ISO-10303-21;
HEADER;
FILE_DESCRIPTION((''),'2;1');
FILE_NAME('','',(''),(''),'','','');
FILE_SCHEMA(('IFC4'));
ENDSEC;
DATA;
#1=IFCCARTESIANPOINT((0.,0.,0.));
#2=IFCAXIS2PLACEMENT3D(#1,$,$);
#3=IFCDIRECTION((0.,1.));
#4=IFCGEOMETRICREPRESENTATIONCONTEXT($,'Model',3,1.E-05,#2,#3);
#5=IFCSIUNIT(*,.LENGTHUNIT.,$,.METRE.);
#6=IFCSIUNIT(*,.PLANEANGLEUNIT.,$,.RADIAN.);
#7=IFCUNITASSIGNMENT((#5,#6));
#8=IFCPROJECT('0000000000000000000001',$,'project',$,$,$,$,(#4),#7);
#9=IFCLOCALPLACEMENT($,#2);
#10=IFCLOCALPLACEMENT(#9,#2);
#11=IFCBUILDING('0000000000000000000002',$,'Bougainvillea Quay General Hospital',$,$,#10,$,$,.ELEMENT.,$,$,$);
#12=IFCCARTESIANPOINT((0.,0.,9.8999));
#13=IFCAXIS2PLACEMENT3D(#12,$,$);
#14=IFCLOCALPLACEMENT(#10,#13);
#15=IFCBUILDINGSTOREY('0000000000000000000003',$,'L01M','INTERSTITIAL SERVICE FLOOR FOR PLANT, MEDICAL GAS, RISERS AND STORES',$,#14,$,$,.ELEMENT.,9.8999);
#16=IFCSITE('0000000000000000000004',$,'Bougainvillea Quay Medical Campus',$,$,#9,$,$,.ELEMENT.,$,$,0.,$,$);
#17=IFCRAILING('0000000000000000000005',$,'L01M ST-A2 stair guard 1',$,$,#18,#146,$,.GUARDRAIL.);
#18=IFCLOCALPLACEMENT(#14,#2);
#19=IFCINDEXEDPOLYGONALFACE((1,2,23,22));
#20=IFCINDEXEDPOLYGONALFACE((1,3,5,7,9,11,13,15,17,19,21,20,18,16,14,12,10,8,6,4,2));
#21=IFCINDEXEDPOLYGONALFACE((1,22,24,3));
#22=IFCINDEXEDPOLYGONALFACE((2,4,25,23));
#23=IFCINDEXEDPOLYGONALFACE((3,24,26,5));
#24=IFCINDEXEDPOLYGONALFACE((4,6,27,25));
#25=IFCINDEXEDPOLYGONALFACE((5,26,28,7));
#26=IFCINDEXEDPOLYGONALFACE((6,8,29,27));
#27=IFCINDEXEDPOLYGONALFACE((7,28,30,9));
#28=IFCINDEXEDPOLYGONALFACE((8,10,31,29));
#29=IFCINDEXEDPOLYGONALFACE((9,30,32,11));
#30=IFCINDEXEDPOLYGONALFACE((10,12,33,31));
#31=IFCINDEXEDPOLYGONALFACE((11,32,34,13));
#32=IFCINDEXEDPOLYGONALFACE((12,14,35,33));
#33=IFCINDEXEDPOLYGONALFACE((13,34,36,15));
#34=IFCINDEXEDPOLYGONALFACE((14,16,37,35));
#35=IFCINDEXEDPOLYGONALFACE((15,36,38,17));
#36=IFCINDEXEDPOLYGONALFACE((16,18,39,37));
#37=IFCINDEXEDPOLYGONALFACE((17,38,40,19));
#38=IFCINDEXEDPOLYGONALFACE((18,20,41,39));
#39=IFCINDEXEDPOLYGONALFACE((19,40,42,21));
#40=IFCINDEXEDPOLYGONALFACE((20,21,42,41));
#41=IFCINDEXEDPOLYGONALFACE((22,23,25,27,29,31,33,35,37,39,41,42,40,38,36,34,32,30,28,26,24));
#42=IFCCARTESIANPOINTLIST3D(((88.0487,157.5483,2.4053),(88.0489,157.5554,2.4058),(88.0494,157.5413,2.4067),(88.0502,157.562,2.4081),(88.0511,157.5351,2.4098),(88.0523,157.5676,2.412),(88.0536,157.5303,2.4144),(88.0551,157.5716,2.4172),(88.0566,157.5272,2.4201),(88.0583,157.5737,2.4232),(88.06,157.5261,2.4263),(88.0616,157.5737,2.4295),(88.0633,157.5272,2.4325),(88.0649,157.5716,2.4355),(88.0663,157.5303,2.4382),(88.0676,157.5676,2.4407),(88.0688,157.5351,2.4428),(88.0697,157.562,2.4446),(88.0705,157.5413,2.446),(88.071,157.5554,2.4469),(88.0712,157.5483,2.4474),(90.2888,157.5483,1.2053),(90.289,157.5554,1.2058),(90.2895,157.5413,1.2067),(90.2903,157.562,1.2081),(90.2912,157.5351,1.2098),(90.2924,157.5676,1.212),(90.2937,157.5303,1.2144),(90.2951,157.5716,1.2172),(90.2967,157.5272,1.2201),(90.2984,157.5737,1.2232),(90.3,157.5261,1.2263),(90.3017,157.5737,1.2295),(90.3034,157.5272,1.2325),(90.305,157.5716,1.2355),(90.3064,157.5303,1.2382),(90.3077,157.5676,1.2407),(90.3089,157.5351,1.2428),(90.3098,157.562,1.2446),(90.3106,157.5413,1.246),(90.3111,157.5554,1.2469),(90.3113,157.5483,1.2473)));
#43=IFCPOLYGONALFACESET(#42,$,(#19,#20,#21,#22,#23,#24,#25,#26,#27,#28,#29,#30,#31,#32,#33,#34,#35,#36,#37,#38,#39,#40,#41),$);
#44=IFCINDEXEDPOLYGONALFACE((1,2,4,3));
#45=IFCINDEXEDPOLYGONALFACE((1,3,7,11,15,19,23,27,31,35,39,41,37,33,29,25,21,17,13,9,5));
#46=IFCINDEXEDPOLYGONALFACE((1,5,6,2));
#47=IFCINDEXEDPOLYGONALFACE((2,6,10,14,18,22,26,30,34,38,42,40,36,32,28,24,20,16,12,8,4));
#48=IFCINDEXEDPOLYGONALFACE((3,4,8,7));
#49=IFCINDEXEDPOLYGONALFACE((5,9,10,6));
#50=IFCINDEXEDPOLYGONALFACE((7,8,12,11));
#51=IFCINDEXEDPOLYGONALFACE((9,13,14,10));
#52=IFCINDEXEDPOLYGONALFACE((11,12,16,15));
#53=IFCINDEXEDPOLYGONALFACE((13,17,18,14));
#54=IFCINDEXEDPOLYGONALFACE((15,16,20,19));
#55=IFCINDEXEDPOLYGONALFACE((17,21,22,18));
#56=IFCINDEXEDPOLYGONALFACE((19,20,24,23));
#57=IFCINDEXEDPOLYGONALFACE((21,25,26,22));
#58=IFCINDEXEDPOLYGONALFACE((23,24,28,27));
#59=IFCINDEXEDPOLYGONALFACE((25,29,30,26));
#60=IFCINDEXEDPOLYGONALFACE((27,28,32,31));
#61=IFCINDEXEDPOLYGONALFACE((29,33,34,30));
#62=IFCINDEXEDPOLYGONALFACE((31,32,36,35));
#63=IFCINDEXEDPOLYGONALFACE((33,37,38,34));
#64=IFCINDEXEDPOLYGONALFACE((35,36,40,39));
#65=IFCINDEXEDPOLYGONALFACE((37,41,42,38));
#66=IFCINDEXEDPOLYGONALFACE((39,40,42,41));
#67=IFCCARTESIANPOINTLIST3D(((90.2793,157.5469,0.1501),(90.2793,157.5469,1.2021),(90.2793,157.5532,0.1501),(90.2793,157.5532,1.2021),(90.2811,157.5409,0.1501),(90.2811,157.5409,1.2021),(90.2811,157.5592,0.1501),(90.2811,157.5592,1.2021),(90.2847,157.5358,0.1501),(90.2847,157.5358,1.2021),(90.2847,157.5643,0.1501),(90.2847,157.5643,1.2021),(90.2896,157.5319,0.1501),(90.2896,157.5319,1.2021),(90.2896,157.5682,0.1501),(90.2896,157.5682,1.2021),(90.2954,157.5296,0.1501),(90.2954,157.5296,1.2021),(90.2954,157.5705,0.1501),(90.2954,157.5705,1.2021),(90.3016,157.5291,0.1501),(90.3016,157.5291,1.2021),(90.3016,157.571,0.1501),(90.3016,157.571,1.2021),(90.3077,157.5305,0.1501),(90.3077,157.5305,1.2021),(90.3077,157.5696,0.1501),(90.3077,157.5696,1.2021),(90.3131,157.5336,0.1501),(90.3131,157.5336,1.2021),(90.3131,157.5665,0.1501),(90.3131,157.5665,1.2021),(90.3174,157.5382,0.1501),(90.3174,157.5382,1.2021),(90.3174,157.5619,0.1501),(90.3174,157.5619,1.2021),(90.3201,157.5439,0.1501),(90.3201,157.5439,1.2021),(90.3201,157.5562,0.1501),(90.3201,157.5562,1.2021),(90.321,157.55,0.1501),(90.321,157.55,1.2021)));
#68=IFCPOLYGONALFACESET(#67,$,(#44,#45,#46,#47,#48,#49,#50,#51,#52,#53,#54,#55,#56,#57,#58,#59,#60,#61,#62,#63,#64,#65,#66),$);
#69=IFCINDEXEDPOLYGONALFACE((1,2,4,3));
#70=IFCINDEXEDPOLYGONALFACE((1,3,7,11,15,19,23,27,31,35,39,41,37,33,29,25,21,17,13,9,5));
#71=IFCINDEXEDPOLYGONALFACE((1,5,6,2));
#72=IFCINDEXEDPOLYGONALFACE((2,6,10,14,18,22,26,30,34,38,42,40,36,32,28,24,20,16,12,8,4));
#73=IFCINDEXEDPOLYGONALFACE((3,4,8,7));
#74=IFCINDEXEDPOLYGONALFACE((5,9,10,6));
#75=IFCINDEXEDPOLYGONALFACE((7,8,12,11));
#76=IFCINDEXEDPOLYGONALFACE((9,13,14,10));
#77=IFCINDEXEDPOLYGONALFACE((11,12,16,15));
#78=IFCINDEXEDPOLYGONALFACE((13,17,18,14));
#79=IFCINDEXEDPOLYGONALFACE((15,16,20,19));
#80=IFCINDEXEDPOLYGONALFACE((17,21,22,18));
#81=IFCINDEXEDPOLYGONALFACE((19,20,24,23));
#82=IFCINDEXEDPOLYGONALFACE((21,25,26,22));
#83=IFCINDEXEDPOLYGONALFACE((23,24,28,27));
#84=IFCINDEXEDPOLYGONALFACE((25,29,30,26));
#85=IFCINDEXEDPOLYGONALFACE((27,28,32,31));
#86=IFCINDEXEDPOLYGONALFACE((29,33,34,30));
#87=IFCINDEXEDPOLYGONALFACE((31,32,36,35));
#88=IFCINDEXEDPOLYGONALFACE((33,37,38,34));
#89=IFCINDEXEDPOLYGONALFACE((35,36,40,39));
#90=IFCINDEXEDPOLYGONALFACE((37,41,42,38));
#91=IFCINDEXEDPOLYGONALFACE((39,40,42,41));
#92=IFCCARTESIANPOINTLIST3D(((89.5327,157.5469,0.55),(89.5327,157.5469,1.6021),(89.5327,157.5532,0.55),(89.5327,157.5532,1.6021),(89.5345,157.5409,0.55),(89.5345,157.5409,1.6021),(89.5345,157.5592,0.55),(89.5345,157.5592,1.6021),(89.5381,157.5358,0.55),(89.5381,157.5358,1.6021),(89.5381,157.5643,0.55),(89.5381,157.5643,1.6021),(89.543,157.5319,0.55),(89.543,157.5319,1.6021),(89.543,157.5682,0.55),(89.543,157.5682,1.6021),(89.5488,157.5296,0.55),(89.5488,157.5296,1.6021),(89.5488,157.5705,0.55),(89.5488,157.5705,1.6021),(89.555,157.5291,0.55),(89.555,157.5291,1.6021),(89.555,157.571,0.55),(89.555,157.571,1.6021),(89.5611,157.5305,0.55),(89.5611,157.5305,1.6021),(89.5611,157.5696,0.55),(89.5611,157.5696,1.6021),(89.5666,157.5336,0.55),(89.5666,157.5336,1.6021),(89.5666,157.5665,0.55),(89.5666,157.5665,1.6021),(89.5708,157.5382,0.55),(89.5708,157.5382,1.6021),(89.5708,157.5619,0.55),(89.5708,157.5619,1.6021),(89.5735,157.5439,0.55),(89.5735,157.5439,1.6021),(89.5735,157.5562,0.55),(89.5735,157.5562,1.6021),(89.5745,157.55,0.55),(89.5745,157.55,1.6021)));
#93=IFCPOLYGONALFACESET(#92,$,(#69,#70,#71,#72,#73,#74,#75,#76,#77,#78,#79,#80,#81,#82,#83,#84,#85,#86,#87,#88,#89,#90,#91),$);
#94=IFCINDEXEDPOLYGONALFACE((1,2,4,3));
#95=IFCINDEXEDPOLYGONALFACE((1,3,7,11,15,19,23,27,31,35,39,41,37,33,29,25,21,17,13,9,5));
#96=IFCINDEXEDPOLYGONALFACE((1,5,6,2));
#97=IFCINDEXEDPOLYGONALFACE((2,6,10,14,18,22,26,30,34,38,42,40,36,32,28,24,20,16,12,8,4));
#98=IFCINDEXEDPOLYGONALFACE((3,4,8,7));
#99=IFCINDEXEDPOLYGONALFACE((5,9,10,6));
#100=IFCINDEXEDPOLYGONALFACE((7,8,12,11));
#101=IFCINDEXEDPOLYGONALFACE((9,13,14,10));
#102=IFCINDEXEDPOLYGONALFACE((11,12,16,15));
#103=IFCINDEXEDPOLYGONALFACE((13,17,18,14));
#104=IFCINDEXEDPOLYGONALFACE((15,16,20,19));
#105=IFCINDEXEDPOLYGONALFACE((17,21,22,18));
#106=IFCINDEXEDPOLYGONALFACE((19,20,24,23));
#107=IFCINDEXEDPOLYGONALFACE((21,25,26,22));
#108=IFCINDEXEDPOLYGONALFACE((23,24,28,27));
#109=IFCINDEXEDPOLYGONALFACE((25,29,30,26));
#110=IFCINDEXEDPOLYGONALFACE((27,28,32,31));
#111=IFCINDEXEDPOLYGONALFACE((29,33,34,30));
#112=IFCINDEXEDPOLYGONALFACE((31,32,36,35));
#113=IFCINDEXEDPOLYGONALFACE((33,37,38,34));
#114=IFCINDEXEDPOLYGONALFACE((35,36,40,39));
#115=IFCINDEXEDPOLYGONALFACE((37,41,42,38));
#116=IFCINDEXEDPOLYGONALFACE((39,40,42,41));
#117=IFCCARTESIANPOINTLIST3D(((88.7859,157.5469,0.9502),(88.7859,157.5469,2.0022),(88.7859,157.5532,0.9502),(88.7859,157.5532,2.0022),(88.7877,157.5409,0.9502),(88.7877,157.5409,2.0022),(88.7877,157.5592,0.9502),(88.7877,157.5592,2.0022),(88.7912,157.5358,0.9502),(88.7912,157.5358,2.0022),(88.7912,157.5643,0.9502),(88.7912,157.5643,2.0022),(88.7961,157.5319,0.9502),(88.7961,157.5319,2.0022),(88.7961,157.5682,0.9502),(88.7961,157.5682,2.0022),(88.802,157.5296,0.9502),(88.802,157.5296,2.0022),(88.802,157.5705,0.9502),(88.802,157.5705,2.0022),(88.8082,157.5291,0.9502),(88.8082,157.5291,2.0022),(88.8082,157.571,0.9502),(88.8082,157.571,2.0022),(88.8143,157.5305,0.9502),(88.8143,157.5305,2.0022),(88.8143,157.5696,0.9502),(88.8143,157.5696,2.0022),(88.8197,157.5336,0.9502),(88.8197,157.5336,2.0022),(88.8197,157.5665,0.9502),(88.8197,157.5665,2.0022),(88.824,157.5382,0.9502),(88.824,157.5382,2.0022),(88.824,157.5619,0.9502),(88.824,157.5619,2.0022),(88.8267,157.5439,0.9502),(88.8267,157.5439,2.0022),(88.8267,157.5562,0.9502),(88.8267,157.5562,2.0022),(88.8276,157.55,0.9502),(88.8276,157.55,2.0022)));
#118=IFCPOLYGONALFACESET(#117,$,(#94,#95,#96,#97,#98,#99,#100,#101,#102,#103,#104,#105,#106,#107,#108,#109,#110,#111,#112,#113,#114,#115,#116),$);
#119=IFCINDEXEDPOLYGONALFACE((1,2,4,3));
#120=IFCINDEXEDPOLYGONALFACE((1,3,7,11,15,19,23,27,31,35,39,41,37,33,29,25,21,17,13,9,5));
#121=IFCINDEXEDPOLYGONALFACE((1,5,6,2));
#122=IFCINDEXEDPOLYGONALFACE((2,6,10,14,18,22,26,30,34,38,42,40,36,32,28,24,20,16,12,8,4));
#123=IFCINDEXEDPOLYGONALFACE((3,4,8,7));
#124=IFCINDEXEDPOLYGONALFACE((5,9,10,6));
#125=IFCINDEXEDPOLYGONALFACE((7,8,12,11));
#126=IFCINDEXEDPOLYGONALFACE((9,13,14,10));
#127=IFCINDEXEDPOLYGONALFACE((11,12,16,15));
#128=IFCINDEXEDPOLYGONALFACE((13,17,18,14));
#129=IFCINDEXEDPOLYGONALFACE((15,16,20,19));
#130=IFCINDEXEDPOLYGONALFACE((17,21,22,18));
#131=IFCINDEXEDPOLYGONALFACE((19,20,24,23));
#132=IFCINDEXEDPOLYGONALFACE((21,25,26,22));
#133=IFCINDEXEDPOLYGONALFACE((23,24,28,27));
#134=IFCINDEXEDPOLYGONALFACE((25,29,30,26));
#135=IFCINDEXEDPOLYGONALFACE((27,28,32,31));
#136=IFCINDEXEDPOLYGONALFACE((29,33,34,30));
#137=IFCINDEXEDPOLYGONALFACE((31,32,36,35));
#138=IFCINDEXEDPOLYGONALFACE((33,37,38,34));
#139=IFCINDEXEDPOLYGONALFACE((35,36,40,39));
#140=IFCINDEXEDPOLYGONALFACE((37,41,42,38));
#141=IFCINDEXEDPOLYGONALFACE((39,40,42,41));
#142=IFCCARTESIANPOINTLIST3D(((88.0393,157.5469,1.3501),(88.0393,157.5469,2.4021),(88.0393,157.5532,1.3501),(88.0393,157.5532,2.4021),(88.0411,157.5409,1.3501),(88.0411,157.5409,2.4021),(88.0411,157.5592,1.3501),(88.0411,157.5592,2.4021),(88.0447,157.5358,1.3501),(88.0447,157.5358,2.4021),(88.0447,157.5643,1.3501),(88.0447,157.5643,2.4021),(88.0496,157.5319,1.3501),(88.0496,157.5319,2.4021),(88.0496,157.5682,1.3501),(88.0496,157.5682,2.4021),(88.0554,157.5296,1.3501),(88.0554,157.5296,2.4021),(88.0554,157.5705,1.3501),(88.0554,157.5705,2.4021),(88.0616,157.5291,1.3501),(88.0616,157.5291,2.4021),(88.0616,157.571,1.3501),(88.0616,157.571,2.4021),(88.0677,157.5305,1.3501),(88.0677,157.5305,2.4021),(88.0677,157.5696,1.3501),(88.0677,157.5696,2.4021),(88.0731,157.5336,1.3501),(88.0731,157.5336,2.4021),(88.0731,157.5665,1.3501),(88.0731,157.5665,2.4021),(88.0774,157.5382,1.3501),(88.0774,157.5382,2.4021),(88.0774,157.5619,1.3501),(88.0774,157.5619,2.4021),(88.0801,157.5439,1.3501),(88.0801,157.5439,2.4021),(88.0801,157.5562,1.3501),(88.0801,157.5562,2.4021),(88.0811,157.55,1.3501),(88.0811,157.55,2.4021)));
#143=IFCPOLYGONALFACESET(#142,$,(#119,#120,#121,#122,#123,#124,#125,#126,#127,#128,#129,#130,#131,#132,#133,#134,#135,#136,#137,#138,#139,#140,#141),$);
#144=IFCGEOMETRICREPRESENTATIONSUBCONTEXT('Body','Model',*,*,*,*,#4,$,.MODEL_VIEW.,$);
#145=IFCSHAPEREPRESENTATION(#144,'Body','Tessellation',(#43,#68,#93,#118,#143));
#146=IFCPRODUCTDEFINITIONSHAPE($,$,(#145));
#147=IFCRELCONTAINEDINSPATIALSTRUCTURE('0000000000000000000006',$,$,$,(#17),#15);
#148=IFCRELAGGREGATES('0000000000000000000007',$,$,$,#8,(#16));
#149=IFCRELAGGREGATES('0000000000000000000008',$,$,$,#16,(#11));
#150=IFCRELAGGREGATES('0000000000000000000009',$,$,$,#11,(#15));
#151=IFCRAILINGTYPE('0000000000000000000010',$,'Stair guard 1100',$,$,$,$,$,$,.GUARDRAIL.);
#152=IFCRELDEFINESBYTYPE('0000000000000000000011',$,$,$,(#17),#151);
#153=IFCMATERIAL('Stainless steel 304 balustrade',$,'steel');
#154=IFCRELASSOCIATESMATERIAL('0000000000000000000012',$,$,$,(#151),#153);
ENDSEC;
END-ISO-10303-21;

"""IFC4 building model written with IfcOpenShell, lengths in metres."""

from ifc_helpers import new_model, si_unit, direction, frame, origin, origin_2d, place, context, subcontext, project, spatial, circle, extrude, material, type_object, element, save


model = new_model("IFC4")

# Units and contexts
model_context = context("Model", 3, precision=1e-05, world=origin(), true_north=direction((0.0, 1.0)))
body_context = subcontext(model_context, "Body", "Model", "MODEL_VIEW")
ifc_project = project(units=[si_unit("LENGTHUNIT", "METRE"), si_unit("PLANEANGLEUNIT", "RADIAN")], contexts=[model_context])

# Site, building, storey
site_placement = place(None, origin())
site = spatial("IfcSite", under=ifc_project, at=site_placement, Name="Bougainvillea Quay Medical Campus", CompositionType="ELEMENT", RefElevation=0.0)
building_placement = place(site_placement, origin())
building = spatial("IfcBuilding", under=site, at=building_placement, Name="Bougainvillea Quay General Hospital", CompositionType="ELEMENT")
storey_placement = place(building_placement, frame((0.0, 0.0, 9.8999)))
storey = spatial("IfcBuildingStorey", under=building, at=storey_placement, Name="L01M", Description="INTERSTITIAL SERVICE FLOOR FOR PLANT, MEDICAL GAS, RISERS AND STORES", CompositionType="ELEMENT", Elevation=9.8999)

# Railing
ifc_material_1 = material(Name="Stainless steel 304 balustrade", Category="steel")
railing_type_1 = type_object("IfcRailingType", Name="Stair guard 1100", PredefinedType="GUARDRAIL", material=ifc_material_1)
railing_1_placement = place(storey_placement, frame((90.3, 157.55, 0.1501)))
element("IfcRailing", 1, at=railing_1_placement, inside=storey, type_object=railing_type_1, Name="L01M ST-A2 stair guard 1", PredefinedType="GUARDRAIL", context=body_context, shape_type="SweptSolid", body=[
    extrude(circle(Radius=0.0239, at=origin_2d()), frame((0.0, 0.0, 1.0762), z_axis=(-0.881487, 0.0, 0.472208), x_axis=(0.0, -1.0, 0.0)), (0.0, 0.0, 1.0), 2.5413),
    extrude(circle(Radius=0.021, at=origin_2d()), origin(), (0.0, 0.0, 1.0), 1.052),
    extrude(circle(Radius=0.021, at=origin_2d()), frame((-0.7466, 0.0, 0.3999)), (0.0, 0.0, 1.0), 1.052),
    extrude(circle(Radius=0.021, at=origin_2d()), frame((-1.4934, 0.0, 0.8)), (0.0, 0.0, 1.0), 1.052),
    extrude(circle(Radius=0.021, at=origin_2d()), frame((-2.24, 0.0, 1.2)), (0.0, 0.0, 1.0), 1.052),
])

save(model, "model.ifc")
